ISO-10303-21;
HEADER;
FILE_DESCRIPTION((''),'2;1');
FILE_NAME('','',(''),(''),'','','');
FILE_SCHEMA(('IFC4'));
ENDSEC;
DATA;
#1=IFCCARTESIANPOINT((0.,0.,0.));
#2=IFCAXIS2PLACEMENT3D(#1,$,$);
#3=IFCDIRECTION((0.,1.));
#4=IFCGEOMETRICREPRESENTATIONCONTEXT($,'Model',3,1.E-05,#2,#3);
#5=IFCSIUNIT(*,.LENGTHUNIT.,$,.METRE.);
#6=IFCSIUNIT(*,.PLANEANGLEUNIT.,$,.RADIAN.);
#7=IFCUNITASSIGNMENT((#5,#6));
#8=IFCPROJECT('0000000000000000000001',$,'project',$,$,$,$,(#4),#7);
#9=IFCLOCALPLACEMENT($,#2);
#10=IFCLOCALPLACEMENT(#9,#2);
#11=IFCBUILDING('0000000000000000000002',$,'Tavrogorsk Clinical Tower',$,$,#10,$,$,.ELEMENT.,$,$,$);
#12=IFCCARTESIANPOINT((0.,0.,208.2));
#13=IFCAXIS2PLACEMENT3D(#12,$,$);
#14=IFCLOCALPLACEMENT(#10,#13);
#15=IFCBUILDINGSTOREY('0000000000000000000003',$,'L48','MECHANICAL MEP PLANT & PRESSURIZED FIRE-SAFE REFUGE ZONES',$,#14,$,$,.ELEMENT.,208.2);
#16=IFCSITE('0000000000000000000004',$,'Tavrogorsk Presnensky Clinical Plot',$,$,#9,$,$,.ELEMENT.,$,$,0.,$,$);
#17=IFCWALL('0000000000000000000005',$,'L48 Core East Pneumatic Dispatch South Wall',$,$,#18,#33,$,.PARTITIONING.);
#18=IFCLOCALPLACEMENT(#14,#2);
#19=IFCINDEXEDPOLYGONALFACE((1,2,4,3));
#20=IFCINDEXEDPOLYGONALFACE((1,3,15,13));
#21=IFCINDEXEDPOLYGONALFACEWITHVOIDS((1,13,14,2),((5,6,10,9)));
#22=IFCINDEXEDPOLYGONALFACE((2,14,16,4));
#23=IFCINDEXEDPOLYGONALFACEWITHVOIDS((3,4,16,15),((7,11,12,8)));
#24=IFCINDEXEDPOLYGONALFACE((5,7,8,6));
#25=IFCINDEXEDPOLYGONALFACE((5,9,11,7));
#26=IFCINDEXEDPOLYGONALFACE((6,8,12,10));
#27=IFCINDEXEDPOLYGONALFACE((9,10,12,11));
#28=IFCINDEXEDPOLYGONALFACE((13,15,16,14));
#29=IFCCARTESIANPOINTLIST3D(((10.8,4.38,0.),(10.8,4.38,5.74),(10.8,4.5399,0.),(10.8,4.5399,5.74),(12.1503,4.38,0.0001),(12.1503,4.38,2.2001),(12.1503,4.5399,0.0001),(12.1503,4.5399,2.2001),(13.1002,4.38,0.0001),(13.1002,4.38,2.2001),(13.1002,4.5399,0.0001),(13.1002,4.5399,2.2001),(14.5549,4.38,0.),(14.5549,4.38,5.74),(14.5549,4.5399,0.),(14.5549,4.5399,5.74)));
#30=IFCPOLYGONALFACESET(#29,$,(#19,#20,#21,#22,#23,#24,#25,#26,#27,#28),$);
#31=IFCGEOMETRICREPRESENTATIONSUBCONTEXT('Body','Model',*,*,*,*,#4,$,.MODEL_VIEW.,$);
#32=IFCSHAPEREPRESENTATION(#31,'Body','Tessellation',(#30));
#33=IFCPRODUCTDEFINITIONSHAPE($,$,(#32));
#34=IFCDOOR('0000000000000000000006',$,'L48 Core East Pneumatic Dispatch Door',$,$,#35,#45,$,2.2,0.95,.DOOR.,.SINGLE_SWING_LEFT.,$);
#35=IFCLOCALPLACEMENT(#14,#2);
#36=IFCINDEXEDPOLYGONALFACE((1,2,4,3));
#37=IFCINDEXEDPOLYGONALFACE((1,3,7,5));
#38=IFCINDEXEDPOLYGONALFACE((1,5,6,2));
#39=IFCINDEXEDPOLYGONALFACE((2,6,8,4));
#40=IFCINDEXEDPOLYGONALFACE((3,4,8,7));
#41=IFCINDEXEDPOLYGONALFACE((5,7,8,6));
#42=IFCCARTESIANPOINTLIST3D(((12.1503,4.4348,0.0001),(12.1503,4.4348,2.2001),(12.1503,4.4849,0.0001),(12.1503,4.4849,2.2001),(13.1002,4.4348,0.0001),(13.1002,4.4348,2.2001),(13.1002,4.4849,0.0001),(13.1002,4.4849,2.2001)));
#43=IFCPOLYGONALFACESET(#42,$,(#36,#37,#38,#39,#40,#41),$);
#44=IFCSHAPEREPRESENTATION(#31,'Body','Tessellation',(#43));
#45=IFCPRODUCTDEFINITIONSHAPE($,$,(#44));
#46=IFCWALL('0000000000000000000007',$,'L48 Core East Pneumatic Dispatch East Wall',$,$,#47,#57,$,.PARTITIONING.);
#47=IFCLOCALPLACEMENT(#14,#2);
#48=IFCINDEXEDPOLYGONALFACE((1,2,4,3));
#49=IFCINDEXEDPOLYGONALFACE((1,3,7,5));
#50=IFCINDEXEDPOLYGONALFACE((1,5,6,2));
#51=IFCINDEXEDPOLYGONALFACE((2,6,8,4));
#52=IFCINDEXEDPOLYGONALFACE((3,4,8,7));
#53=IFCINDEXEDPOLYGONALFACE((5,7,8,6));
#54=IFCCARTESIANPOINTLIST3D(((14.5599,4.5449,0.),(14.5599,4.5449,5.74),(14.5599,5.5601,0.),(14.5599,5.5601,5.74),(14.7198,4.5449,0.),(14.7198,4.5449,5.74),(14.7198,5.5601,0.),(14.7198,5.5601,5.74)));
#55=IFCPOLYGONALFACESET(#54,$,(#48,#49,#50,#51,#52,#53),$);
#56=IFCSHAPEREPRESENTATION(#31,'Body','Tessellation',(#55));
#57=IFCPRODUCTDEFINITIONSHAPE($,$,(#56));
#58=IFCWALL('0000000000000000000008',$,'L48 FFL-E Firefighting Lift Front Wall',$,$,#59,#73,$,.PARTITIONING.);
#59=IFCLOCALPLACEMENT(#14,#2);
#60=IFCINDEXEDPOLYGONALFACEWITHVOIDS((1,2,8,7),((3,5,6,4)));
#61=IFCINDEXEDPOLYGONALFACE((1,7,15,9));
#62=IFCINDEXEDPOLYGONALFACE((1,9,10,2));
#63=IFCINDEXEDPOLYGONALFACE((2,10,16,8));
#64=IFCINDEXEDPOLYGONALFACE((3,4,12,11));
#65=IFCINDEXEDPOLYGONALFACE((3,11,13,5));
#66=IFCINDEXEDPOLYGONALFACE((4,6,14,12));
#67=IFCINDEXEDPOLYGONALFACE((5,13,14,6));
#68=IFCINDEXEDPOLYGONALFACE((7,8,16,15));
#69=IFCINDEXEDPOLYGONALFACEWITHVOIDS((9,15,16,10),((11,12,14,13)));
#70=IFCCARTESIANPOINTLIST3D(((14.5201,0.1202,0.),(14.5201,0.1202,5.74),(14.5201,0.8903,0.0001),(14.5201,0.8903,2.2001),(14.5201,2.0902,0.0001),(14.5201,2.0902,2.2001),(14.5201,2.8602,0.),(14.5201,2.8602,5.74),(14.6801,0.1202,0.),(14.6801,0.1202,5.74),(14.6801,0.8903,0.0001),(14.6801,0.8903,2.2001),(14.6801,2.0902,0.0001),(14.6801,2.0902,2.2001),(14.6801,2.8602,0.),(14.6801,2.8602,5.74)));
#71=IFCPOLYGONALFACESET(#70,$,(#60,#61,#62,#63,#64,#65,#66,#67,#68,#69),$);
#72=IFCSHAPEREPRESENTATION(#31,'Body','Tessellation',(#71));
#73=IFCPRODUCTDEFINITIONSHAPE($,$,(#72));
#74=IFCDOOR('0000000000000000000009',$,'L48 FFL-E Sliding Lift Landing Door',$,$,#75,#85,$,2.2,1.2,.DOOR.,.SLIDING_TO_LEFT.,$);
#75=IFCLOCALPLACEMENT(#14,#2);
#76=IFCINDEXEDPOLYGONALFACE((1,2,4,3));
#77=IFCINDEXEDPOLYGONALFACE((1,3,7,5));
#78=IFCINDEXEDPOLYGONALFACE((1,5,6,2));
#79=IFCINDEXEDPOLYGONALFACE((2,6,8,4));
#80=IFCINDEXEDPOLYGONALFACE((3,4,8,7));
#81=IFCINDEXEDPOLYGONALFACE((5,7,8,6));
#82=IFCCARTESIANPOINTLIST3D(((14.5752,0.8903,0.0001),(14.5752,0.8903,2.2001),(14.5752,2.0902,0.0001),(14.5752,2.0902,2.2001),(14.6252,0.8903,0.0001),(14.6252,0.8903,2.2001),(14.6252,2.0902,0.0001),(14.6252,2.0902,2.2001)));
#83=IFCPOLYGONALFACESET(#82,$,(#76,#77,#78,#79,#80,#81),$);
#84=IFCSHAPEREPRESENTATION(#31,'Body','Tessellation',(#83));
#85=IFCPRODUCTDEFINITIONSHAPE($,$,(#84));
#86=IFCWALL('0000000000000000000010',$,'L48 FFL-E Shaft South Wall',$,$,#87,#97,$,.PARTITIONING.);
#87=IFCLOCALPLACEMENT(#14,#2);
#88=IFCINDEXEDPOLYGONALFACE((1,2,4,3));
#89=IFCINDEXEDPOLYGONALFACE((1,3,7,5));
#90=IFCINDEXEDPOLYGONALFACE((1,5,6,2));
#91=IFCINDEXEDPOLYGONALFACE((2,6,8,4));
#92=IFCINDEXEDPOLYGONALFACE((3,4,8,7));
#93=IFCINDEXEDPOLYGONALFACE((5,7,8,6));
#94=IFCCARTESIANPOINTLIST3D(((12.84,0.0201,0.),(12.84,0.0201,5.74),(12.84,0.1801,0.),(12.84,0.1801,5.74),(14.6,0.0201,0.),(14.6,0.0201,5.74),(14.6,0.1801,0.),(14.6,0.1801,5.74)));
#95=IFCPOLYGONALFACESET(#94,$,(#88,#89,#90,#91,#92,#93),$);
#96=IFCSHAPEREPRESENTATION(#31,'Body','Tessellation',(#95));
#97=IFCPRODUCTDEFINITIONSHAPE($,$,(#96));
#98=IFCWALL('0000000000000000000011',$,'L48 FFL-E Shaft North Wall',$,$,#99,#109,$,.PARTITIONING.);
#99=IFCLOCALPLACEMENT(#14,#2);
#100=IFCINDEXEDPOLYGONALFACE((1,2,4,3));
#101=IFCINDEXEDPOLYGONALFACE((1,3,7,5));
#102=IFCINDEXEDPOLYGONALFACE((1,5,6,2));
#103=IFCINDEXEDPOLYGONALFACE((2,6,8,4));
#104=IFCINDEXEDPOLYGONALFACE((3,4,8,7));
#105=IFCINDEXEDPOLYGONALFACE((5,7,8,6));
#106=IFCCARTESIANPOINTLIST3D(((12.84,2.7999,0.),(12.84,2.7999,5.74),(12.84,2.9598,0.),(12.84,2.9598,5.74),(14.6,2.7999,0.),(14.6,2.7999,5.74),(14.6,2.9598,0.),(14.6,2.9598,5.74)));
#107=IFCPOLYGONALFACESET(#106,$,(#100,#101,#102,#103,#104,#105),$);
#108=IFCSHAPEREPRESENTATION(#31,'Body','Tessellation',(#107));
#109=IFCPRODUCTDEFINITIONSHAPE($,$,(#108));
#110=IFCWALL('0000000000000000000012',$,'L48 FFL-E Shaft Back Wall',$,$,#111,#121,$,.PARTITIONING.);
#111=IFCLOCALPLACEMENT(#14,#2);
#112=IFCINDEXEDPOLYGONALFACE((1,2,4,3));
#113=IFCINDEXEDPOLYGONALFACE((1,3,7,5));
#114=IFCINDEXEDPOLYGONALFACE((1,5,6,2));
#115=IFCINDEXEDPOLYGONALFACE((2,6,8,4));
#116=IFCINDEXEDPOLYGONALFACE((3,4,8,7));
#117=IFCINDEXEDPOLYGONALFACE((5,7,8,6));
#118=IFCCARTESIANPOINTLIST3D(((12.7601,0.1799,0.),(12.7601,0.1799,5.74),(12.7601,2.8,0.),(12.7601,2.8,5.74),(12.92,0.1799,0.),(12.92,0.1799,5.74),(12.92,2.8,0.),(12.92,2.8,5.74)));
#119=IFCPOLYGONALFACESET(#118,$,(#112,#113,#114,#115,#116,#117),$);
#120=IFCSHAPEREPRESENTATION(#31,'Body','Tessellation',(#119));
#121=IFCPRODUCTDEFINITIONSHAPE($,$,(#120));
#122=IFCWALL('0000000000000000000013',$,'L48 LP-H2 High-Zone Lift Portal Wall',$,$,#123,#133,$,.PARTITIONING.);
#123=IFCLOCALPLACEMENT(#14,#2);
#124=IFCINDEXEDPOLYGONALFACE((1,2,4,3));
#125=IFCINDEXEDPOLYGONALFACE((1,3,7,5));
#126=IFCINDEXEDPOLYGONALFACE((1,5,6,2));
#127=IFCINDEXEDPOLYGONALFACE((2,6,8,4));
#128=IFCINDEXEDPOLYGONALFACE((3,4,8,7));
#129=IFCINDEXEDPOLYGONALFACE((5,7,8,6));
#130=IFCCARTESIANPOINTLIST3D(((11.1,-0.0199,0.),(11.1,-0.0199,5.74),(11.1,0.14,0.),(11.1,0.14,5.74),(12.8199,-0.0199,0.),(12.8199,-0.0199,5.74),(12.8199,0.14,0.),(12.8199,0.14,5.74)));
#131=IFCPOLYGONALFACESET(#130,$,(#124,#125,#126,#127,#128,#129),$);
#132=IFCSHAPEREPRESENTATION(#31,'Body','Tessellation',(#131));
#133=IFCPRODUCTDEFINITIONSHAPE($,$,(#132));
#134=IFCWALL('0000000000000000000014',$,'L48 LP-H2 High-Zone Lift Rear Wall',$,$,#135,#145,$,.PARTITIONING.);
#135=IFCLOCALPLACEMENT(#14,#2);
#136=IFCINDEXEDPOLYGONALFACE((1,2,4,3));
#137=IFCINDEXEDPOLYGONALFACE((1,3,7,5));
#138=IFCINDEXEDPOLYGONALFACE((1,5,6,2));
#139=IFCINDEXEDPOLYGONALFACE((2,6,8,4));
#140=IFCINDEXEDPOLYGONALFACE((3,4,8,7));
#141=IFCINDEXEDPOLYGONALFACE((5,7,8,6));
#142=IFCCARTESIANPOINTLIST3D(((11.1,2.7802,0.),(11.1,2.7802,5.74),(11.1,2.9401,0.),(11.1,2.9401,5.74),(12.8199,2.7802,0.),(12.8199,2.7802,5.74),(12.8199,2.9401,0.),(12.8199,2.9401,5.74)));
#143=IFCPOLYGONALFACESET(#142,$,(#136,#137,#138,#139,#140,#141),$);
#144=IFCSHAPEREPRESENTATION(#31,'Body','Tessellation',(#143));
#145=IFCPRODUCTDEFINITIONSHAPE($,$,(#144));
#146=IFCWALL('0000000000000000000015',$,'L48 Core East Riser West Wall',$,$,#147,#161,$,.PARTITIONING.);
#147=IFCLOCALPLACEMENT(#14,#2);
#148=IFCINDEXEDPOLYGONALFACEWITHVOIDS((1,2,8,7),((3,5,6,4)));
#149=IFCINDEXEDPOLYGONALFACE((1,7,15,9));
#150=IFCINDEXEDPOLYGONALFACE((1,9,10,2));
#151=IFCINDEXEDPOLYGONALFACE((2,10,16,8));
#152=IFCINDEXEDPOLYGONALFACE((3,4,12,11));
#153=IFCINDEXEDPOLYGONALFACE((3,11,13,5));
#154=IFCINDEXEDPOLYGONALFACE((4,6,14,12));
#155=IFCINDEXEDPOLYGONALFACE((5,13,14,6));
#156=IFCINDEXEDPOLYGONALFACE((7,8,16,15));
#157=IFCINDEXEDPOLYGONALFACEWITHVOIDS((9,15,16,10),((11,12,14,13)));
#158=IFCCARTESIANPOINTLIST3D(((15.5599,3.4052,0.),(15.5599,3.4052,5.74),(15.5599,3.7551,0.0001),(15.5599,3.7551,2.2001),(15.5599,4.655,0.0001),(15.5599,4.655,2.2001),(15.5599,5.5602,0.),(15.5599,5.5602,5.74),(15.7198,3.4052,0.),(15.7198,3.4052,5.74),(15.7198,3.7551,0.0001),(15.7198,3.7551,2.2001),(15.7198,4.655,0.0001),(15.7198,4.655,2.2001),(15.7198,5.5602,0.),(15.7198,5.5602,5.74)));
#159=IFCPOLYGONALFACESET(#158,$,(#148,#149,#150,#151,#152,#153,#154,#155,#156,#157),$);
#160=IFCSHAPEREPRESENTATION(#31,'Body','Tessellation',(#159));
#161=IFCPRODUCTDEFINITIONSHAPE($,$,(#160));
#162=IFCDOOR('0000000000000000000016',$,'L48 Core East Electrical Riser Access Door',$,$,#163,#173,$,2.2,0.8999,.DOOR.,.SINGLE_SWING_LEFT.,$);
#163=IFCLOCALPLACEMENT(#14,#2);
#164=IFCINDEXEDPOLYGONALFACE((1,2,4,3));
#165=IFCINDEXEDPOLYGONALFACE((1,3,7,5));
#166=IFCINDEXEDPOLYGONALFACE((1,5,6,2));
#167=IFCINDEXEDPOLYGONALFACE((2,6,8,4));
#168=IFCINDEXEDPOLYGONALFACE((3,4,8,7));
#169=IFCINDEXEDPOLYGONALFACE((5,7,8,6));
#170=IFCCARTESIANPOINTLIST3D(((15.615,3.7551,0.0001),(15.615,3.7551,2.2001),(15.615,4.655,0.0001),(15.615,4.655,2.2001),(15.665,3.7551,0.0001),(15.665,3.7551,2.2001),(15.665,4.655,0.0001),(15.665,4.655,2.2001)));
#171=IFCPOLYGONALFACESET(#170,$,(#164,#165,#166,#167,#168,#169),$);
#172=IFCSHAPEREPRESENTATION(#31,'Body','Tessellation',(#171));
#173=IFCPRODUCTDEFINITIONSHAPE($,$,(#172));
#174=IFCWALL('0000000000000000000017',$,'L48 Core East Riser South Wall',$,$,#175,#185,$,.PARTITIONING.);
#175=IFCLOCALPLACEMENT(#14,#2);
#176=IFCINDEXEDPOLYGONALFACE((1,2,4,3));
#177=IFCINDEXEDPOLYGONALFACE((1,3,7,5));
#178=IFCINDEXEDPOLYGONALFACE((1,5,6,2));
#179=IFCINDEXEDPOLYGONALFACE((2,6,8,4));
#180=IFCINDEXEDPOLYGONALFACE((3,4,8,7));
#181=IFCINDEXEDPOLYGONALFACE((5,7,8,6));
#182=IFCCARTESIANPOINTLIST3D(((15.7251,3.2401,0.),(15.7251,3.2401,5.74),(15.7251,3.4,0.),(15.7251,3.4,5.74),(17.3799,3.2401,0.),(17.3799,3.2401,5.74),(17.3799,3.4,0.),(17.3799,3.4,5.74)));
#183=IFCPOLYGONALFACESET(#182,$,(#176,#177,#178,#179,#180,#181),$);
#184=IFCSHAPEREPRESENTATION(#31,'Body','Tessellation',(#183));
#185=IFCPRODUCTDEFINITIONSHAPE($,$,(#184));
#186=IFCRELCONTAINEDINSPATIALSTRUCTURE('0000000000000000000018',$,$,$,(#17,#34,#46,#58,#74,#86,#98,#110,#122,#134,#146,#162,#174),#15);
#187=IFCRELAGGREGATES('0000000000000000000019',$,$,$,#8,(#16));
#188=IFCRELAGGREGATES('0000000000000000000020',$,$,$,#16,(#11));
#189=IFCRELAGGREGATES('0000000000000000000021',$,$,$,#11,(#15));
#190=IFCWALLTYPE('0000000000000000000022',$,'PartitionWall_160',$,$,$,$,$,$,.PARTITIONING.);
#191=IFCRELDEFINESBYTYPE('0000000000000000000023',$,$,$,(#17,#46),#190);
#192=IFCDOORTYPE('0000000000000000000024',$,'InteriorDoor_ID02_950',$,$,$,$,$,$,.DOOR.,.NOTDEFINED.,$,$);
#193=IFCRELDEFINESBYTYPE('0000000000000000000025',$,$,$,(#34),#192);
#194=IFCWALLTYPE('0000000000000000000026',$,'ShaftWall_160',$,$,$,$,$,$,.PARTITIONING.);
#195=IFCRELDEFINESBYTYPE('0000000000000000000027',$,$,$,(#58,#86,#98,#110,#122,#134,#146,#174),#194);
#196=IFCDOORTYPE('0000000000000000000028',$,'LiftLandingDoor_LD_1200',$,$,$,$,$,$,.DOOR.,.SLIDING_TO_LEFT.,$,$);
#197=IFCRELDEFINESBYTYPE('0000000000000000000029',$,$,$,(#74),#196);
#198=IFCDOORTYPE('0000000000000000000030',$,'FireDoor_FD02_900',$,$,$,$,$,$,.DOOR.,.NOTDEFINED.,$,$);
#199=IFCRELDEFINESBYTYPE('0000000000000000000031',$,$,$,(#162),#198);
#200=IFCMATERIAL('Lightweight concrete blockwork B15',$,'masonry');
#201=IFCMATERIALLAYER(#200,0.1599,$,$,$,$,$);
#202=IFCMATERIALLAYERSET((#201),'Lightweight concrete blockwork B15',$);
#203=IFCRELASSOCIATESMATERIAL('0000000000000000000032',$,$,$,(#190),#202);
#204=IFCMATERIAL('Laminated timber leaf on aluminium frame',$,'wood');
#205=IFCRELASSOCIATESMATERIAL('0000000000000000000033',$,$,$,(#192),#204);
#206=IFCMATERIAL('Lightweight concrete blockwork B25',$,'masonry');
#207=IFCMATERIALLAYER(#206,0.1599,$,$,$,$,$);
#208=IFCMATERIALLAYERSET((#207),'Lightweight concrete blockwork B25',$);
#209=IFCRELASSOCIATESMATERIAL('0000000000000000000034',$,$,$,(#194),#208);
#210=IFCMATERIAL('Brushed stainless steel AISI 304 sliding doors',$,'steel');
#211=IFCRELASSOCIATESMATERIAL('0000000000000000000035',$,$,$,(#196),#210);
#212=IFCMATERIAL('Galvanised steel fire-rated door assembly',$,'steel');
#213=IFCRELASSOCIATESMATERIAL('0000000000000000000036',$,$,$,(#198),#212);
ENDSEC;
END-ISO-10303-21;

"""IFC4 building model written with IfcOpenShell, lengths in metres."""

from ifc_helpers import new_model, si_unit, direction, frame, frame_2d, origin, place, context, subcontext, project, spatial, rectangle, extrude, material, layer, layer_set, type_object, element, fill, save


model = new_model("IFC4")

# Units and contexts
model_context = context("Model", 3, precision=1e-05, world=origin(), true_north=direction((0.0, 1.0)))
body_context = subcontext(model_context, "Body", "Model", "MODEL_VIEW")
ifc_project = project(units=[si_unit("LENGTHUNIT", "METRE"), si_unit("PLANEANGLEUNIT", "RADIAN")], contexts=[model_context])

# Site, building, storey
site_placement = place(None, origin())
site = spatial("IfcSite", under=ifc_project, at=site_placement, Name="Tavrogorsk Presnensky Clinical Plot", CompositionType="ELEMENT", RefElevation=0.0)
building_placement = place(site_placement, origin())
building = spatial("IfcBuilding", under=site, at=building_placement, Name="Tavrogorsk Clinical Tower", CompositionType="ELEMENT")
storey_placement = place(building_placement, frame((0.0, 0.0, 208.2)))
storey = spatial("IfcBuildingStorey", under=building, at=storey_placement, Name="L48", Description="MECHANICAL MEP PLANT & PRESSURIZED FIRE-SAFE REFUGE ZONES", CompositionType="ELEMENT", Elevation=208.2)

# Wall, opening, door
ifc_material_1 = material(Name="Lightweight concrete blockwork B15", Category="masonry")
ifc_layer_1 = layer(ifc_material_1, 0.1599)
ifc_layer_set_1 = layer_set([ifc_layer_1], Name="Lightweight concrete blockwork B15")
wall_type_1 = type_object("IfcWallType", Name="PartitionWall_160", PredefinedType="PARTITIONING", material=ifc_layer_set_1)
wall_1_placement = place(storey_placement, frame((10.8, 4.46, 0.0), z_axis=(0.0, 0.0, 1.0), x_axis=(1.0, 0.0, 0.0)))
wall_1 = element("IfcWall", 1, at=wall_1_placement, inside=storey, type_object=wall_type_1, Name="L48 Core East Pneumatic Dispatch South Wall", PredefinedType="PARTITIONING", context=body_context, shape_type="SweptSolid", body=[
    extrude(rectangle(XDim=3.7549, YDim=0.1599, at=frame_2d((1.8774, 0.0))), origin(), (0.0, 0.0, 1.0), 5.74),
])
opening_1_placement = place(wall_1_placement, frame((1.3501, 0.0, 0.0)))
opening_1 = element("IfcOpeningElement", 2, at=opening_1_placement, cuts=wall_1, PredefinedType="OPENING", context=body_context, shape_type="SweptSolid", body=[
    extrude(rectangle(XDim=0.95, YDim=2.2, at=frame_2d((0.4751, 1.1001))), frame((0.0, 0.0898, 0.0), z_axis=(0.0, -1.0, 0.0), x_axis=(1.0, 0.0, 0.0)), (0.0, 0.0, 1.0), 0.1799),
])
ifc_material_2 = material(Name="Laminated timber leaf on aluminium frame", Category="wood")
door_type_1 = type_object("IfcDoorType", Name="InteriorDoor_ID02_950", OperationType="NOTDEFINED", PredefinedType="DOOR", material=ifc_material_2)
door_1_placement = place(opening_1_placement, origin())
door_1 = element("IfcDoor", 3, at=door_1_placement, inside=storey, type_object=door_type_1, Name="L48 Core East Pneumatic Dispatch Door", OperationType="SINGLE_SWING_LEFT", OverallHeight=2.2, OverallWidth=0.95, PredefinedType="DOOR", context=body_context, shape_type="SweptSolid", body=[
    extrude(rectangle(XDim=0.95, YDim=2.2, at=frame_2d((0.4751, 1.1001))), frame((0.0, 0.0249, 0.0), z_axis=(0.0, -1.0, 0.0), x_axis=(1.0, 0.0, 0.0)), (0.0, 0.0, 1.0), 0.05),
])
fill(opening_1, door_1)

# Wall
wall_2_placement = place(storey_placement, frame((14.6399, 4.5449, 0.0), z_axis=(0.0, 0.0, 1.0), x_axis=(0.0, 1.0, 0.0)))
element("IfcWall", 4, at=wall_2_placement, inside=storey, type_object=wall_type_1, Name="L48 Core East Pneumatic Dispatch East Wall", PredefinedType="PARTITIONING", context=body_context, shape_type="SweptSolid", body=[
    extrude(rectangle(XDim=1.0151, YDim=0.1599, at=frame_2d((0.5076, 0.0))), origin(), (0.0, 0.0, 1.0), 5.74),
])

# Wall, opening, door
ifc_material_3 = material(Name="Lightweight concrete blockwork B25", Category="masonry")
ifc_layer_2 = layer(ifc_material_3, 0.1599)
ifc_layer_set_2 = layer_set([ifc_layer_2], Name="Lightweight concrete blockwork B25")
wall_type_2 = type_object("IfcWallType", Name="ShaftWall_160", PredefinedType="PARTITIONING", material=ifc_layer_set_2)
wall_3_placement = place(storey_placement, frame((14.6001, 0.1201, 0.0), z_axis=(0.0, 0.0, 1.0), x_axis=(0.0, 1.0, 0.0)))
wall_3 = element("IfcWall", 5, at=wall_3_placement, inside=storey, type_object=wall_type_2, Name="L48 FFL-E Firefighting Lift Front Wall", PredefinedType="PARTITIONING", context=body_context, shape_type="SweptSolid", body=[
    extrude(rectangle(XDim=2.74, YDim=0.1599, at=frame_2d((1.3701, 0.0))), origin(), (0.0, 0.0, 1.0), 5.74),
])
opening_2_placement = place(wall_3_placement, frame((0.77, 0.0, 0.0)))
opening_2 = element("IfcOpeningElement", 6, at=opening_2_placement, cuts=wall_3, PredefinedType="OPENING", context=body_context, shape_type="SweptSolid", body=[
    extrude(rectangle(XDim=1.2, YDim=2.2, at=frame_2d((0.6001, 1.1001))), frame((0.0, 0.0898, 0.0), z_axis=(0.0, -1.0, 0.0), x_axis=(1.0, 0.0, 0.0)), (0.0, 0.0, 1.0), 0.1799),
])
ifc_material_4 = material(Name="Brushed stainless steel AISI 304 sliding doors", Category="steel")
door_type_2 = type_object("IfcDoorType", Name="LiftLandingDoor_LD_1200", OperationType="SLIDING_TO_LEFT", PredefinedType="DOOR", material=ifc_material_4)
door_2_placement = place(opening_2_placement, origin())
door_2 = element("IfcDoor", 7, at=door_2_placement, inside=storey, type_object=door_type_2, Name="L48 FFL-E Sliding Lift Landing Door", OperationType="SLIDING_TO_LEFT", OverallHeight=2.2, OverallWidth=1.2, PredefinedType="DOOR", context=body_context, shape_type="SweptSolid", body=[
    extrude(rectangle(XDim=1.2, YDim=2.2, at=frame_2d((0.6001, 1.1001))), frame((0.0, 0.0249, 0.0), z_axis=(0.0, -1.0, 0.0), x_axis=(1.0, 0.0, 0.0)), (0.0, 0.0, 1.0), 0.05),
])
fill(opening_2, door_2)

# Walls
for number, where, z_axis, x_axis, name in (
    (8, (12.8401, 0.1001, 0.0), (0.0, 0.0, 1.0), (1.0, 0.0, 0.0), "L48 FFL-E Shaft South Wall"),
    (9, (12.8401, 2.8799, 0.0), (0.0, 0.0, 1.0), (1.0, 0.0, 0.0), "L48 FFL-E Shaft North Wall"),
):
    element("IfcWall", number, at=place(storey_placement, frame(where, z_axis=z_axis, x_axis=x_axis)), inside=storey, type_object=wall_type_2, Name=name, PredefinedType="PARTITIONING", context=body_context, shape_type="SweptSolid", body=[
        extrude(rectangle(XDim=1.76, YDim=0.1599, at=frame_2d((0.8799, 0.0))), origin(), (0.0, 0.0, 1.0), 5.74),
    ])
wall_4_placement = place(storey_placement, frame((12.8401, 0.1799, 0.0), z_axis=(0.0, 0.0, 1.0), x_axis=(0.0, 1.0, 0.0)))
element("IfcWall", 10, at=wall_4_placement, inside=storey, type_object=wall_type_2, Name="L48 FFL-E Shaft Back Wall", PredefinedType="PARTITIONING", context=body_context, shape_type="SweptSolid", body=[
    extrude(rectangle(XDim=2.6201, YDim=0.1599, at=frame_2d((1.3101, 0.0))), origin(), (0.0, 0.0, 1.0), 5.74),
])
for number, where, z_axis, x_axis, name in (
    (11, (11.1001, 0.0601, 0.0), (0.0, 0.0, 1.0), (1.0, 0.0, 0.0), "L48 LP-H2 High-Zone Lift Portal Wall"),
    (12, (11.1001, 2.8601, 0.0), (0.0, 0.0, 1.0), (1.0, 0.0, 0.0), "L48 LP-H2 High-Zone Lift Rear Wall"),
):
    element("IfcWall", number, at=place(storey_placement, frame(where, z_axis=z_axis, x_axis=x_axis)), inside=storey, type_object=wall_type_2, Name=name, PredefinedType="PARTITIONING", context=body_context, shape_type="SweptSolid", body=[
        extrude(rectangle(XDim=1.72, YDim=0.1599, at=frame_2d((0.8599, 0.0))), origin(), (0.0, 0.0, 1.0), 5.74),
    ])

# Wall, opening, door
wall_5_placement = place(storey_placement, frame((15.6399, 3.405, 0.0), z_axis=(0.0, 0.0, 1.0), x_axis=(0.0, 1.0, 0.0)))
wall_5 = element("IfcWall", 13, at=wall_5_placement, inside=storey, type_object=wall_type_2, Name="L48 Core East Riser West Wall", PredefinedType="PARTITIONING", context=body_context, shape_type="SweptSolid", body=[
    extrude(rectangle(XDim=2.155, YDim=0.1599, at=frame_2d((1.0776, 0.0))), origin(), (0.0, 0.0, 1.0), 5.74),
])
opening_3_placement = place(wall_5_placement, frame((0.3501, 0.0, 0.0)))
opening_3 = element("IfcOpeningElement", 14, at=opening_3_placement, cuts=wall_5, PredefinedType="OPENING", context=body_context, shape_type="SweptSolid", body=[
    extrude(rectangle(XDim=0.8999, YDim=2.2, at=frame_2d((0.45, 1.1001))), frame((0.0, 0.0898, 0.0), z_axis=(0.0, -1.0, 0.0), x_axis=(1.0, 0.0, 0.0)), (0.0, 0.0, 1.0), 0.1799),
])
ifc_material_5 = material(Name="Galvanised steel fire-rated door assembly", Category="steel")
door_type_3 = type_object("IfcDoorType", Name="FireDoor_FD02_900", OperationType="NOTDEFINED", PredefinedType="DOOR", material=ifc_material_5)
door_3_placement = place(opening_3_placement, origin())
door_3 = element("IfcDoor", 15, at=door_3_placement, inside=storey, type_object=door_type_3, Name="L48 Core East Electrical Riser Access Door", OperationType="SINGLE_SWING_LEFT", OverallHeight=2.2, OverallWidth=0.8999, PredefinedType="DOOR", context=body_context, shape_type="SweptSolid", body=[
    extrude(rectangle(XDim=0.8999, YDim=2.2, at=frame_2d((0.45, 1.1001))), frame((0.0, 0.0249, 0.0), z_axis=(0.0, -1.0, 0.0), x_axis=(1.0, 0.0, 0.0)), (0.0, 0.0, 1.0), 0.05),
])
fill(opening_3, door_3)

# Wall
wall_6_placement = place(storey_placement, frame((15.7251, 3.3201, 0.0), z_axis=(0.0, 0.0, 1.0), x_axis=(1.0, 0.0, 0.0)))
element("IfcWall", 16, at=wall_6_placement, inside=storey, type_object=wall_type_2, Name="L48 Core East Riser South Wall", PredefinedType="PARTITIONING", context=body_context, shape_type="SweptSolid", body=[
    extrude(rectangle(XDim=1.6548, YDim=0.1599, at=frame_2d((0.8274, 0.0))), origin(), (0.0, 0.0, 1.0), 5.74),
])

save(model, "model.ifc")
